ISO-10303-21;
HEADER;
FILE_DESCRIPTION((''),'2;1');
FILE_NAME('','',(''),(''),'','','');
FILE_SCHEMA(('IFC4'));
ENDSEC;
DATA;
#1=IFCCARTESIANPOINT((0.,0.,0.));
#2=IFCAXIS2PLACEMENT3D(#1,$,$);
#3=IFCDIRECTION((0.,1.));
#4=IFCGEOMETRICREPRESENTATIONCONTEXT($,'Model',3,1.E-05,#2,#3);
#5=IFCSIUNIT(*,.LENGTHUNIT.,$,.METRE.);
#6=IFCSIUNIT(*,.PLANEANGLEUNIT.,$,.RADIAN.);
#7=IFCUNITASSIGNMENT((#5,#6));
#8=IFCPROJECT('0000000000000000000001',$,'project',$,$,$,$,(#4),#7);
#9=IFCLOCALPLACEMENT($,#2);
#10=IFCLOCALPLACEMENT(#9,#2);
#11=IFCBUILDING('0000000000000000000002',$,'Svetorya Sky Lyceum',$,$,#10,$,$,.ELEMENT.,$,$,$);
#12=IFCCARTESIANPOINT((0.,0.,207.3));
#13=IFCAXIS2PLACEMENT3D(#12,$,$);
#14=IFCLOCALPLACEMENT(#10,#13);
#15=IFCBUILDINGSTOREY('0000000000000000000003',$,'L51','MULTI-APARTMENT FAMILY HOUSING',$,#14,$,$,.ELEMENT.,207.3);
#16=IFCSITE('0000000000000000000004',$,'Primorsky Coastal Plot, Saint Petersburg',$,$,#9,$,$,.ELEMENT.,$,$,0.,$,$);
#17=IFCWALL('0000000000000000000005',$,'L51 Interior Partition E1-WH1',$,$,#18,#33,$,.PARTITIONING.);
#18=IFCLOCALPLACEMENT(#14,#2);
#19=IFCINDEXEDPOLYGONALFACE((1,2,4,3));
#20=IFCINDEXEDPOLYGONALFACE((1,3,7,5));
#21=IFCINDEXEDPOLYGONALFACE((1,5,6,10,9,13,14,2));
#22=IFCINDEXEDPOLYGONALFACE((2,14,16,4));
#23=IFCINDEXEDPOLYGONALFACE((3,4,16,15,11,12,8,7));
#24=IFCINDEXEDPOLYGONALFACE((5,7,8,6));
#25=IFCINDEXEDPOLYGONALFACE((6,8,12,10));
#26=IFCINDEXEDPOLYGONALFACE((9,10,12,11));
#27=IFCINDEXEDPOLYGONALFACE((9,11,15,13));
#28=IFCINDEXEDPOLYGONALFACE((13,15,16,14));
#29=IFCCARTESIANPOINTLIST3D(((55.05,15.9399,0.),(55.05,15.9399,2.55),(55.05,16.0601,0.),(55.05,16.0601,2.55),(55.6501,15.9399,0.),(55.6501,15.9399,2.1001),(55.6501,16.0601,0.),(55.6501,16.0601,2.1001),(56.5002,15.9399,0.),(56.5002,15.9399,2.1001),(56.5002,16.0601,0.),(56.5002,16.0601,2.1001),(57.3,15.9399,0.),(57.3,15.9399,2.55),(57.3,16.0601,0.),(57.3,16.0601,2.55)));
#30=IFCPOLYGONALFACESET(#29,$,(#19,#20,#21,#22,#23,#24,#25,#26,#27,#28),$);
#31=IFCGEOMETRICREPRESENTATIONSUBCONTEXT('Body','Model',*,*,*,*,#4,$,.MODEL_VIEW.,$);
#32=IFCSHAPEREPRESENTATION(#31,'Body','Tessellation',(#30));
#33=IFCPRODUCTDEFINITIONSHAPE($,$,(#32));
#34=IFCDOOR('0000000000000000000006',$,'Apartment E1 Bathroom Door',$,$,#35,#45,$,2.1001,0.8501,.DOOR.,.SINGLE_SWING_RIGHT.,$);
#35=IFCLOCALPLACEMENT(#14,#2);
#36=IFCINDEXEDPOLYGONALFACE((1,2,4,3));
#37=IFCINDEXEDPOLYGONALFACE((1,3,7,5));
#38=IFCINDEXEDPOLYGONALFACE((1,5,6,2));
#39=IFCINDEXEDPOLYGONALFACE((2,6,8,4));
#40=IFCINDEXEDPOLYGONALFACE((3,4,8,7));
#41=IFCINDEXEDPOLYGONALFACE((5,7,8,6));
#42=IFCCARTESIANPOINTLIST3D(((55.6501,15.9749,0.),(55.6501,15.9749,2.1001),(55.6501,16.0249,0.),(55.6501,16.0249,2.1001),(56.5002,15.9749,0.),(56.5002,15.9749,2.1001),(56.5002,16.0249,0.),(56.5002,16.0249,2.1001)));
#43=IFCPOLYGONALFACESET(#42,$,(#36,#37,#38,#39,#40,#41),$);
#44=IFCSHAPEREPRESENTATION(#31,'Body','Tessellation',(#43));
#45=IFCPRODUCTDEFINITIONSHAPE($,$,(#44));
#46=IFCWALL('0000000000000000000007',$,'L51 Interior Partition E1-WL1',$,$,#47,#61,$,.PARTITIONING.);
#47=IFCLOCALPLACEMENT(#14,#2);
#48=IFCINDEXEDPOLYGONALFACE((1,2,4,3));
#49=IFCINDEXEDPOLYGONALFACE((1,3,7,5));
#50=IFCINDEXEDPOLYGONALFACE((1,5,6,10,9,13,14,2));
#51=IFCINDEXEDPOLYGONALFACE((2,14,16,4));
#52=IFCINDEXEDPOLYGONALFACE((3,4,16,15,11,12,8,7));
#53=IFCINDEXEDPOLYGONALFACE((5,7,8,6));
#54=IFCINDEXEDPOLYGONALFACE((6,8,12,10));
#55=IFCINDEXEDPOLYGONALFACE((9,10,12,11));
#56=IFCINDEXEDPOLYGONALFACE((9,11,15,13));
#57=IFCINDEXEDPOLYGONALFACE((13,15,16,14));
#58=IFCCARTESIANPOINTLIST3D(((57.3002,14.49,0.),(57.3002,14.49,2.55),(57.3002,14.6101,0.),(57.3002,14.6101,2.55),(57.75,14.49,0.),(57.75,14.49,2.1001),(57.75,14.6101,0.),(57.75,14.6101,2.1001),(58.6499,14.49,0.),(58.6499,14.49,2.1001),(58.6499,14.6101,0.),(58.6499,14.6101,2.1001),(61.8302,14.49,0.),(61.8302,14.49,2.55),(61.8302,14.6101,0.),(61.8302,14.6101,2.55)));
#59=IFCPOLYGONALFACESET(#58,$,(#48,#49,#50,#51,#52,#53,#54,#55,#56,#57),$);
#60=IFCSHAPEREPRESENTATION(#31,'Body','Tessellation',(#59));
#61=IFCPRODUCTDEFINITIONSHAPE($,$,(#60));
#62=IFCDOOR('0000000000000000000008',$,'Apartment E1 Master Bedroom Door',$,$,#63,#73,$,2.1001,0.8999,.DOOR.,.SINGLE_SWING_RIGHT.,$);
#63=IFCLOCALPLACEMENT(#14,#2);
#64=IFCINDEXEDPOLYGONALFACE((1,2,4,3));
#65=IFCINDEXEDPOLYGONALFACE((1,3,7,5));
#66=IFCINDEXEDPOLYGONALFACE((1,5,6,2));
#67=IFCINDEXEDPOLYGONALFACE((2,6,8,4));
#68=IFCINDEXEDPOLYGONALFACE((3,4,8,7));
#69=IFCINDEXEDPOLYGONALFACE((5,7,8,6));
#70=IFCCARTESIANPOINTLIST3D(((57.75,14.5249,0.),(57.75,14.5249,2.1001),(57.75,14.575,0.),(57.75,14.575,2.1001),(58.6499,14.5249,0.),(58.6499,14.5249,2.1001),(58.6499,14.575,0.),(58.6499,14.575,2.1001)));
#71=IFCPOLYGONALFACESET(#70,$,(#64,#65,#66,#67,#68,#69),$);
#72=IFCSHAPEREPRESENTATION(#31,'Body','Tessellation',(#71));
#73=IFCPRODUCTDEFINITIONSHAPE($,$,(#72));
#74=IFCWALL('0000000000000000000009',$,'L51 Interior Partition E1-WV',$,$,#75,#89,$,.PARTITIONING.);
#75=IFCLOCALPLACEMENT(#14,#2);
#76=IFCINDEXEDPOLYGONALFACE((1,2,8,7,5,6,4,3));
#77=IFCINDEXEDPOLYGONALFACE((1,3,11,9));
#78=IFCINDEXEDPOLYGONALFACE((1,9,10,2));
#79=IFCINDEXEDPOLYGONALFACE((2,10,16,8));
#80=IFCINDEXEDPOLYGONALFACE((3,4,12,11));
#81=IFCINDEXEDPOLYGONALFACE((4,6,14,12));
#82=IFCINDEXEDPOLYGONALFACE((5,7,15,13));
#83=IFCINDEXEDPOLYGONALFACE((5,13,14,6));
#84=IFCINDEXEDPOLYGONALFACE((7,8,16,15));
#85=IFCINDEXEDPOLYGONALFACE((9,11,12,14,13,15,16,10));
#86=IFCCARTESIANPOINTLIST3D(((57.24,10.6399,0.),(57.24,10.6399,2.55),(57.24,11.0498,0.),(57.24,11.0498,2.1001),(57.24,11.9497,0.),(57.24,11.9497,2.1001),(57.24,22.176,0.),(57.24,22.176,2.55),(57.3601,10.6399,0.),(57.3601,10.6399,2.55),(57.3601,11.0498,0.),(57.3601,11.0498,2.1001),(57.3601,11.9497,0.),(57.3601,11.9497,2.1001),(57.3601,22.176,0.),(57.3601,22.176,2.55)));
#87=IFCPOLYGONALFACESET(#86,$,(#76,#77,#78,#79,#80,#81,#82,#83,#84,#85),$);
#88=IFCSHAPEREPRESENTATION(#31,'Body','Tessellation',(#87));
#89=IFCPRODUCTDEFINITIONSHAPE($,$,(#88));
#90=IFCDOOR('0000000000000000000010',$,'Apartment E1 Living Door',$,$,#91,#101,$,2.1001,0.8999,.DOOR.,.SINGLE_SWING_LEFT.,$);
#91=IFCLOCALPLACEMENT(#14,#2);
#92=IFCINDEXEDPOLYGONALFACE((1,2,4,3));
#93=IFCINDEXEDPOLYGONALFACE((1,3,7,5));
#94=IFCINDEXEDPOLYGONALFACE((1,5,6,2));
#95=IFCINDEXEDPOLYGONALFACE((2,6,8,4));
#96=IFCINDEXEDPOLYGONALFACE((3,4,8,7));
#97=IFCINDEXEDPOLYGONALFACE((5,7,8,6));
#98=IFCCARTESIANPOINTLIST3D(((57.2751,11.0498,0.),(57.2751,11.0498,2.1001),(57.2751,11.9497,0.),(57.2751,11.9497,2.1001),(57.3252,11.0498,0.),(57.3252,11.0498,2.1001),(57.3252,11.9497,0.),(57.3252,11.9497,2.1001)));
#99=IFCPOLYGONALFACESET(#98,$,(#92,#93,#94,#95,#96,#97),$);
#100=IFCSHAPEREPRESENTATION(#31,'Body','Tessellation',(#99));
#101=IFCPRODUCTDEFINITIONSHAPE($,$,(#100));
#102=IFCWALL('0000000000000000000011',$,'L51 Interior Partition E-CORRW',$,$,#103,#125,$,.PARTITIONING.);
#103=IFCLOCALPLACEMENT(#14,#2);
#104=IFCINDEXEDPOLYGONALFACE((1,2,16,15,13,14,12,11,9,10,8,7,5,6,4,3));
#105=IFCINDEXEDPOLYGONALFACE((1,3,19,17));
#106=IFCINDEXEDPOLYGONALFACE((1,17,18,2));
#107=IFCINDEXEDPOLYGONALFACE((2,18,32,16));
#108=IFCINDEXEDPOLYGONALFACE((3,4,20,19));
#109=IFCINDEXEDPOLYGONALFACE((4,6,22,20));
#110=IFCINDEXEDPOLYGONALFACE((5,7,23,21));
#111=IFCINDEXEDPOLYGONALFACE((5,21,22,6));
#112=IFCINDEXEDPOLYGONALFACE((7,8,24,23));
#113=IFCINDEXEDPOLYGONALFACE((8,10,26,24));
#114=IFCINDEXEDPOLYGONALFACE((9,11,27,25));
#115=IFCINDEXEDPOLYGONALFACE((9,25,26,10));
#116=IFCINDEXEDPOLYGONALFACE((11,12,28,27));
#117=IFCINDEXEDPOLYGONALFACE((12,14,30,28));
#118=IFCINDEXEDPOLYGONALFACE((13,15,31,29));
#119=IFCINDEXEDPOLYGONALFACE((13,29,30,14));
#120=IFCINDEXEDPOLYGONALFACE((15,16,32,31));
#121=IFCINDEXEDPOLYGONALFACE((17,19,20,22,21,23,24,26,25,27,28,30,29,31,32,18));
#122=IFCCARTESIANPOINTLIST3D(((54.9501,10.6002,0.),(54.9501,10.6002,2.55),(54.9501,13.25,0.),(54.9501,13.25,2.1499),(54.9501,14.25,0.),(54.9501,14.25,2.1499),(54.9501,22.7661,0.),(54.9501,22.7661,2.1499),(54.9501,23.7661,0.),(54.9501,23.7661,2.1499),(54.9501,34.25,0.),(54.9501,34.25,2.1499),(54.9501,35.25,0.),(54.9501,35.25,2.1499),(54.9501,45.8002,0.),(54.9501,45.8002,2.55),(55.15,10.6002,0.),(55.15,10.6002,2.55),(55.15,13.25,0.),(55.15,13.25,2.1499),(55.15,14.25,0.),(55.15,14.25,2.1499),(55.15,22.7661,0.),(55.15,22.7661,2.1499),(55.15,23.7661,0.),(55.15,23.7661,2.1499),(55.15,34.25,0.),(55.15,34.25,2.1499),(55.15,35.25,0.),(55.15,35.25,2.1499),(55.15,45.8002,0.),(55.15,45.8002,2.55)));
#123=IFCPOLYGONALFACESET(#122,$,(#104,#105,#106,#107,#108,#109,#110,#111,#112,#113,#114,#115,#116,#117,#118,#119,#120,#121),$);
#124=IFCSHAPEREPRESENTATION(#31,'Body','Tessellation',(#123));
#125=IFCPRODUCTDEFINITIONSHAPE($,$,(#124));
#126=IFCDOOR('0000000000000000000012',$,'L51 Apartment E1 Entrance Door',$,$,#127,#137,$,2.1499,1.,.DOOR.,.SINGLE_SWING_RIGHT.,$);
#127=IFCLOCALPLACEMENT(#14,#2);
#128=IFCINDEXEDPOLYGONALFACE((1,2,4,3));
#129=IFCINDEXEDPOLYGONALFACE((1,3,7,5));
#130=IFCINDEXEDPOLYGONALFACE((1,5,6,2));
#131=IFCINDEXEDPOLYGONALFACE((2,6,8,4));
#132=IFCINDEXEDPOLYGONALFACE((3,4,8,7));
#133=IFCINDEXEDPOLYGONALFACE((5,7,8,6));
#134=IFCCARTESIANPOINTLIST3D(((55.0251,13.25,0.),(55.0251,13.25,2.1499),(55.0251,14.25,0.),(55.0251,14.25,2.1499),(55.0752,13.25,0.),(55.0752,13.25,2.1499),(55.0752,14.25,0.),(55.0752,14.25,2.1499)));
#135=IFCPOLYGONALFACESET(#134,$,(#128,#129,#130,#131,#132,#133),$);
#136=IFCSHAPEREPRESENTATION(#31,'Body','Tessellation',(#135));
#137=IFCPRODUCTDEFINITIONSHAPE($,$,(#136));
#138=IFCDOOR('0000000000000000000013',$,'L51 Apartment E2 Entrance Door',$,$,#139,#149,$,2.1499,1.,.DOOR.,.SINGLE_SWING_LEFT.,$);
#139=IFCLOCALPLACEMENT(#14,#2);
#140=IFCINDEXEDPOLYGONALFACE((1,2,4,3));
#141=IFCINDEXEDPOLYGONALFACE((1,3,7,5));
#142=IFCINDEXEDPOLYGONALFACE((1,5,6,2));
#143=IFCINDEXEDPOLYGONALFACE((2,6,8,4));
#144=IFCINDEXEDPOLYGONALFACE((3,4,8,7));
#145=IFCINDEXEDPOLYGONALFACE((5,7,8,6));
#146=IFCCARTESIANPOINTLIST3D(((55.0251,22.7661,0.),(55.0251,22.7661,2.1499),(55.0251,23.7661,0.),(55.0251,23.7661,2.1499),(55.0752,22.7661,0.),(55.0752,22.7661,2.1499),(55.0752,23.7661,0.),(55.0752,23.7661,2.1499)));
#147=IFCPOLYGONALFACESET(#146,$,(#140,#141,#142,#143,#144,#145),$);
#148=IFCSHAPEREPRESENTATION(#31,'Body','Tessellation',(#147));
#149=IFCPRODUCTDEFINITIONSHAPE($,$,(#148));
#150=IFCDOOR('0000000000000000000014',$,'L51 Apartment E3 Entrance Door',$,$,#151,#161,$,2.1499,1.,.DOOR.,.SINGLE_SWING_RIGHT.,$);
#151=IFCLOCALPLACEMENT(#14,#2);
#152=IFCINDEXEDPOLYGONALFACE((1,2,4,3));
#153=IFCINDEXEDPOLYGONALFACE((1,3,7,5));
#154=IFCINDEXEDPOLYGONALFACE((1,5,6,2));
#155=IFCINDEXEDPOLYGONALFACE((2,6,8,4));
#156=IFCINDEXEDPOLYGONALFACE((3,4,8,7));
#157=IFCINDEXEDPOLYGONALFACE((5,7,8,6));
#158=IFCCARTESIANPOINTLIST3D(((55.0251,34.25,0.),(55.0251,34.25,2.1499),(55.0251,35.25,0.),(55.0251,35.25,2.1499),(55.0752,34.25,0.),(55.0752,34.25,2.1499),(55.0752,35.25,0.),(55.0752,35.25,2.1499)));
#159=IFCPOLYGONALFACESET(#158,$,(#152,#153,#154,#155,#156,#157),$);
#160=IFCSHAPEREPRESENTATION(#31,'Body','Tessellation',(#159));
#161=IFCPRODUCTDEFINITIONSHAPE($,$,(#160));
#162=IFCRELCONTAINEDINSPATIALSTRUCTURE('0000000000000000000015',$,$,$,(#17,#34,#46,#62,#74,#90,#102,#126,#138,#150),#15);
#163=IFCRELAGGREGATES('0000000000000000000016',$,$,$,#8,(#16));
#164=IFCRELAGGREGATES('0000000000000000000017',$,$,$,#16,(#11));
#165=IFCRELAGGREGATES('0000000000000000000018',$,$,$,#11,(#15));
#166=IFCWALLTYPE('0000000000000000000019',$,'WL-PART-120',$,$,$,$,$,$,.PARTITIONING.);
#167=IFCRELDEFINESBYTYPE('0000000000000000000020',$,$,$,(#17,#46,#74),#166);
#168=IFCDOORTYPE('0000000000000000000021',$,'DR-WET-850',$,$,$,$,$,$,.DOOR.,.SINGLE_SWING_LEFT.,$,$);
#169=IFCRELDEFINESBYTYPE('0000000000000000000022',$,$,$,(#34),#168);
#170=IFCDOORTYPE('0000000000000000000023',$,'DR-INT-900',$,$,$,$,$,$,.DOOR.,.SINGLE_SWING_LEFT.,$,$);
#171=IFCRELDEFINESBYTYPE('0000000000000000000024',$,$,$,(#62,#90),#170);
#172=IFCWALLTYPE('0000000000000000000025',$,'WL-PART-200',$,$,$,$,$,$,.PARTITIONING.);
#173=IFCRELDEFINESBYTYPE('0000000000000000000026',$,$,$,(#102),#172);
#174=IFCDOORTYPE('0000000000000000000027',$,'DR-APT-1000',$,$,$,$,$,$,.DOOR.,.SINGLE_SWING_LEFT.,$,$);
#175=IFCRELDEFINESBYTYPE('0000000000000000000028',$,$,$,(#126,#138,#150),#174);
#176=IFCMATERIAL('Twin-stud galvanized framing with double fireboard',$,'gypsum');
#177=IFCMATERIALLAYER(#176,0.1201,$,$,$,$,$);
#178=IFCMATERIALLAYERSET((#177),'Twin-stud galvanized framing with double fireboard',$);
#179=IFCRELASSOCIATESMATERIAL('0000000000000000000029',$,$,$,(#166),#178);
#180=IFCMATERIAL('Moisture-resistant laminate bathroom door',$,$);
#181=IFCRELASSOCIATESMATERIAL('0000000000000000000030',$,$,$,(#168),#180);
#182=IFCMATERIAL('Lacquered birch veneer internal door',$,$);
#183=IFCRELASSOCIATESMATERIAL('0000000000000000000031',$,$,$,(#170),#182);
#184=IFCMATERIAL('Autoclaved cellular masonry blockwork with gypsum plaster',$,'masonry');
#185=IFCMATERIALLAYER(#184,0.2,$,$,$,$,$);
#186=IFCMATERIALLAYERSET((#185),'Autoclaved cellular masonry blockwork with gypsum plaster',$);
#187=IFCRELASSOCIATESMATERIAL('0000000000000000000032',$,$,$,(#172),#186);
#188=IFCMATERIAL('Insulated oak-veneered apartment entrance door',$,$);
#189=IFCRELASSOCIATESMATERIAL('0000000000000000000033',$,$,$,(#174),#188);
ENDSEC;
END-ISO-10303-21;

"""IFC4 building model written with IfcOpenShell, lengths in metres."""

from ifc_helpers import new_model, si_unit, direction, frame, frame_2d, origin, place, context, subcontext, project, spatial, rectangle, extrude, material, layer, layer_set, type_object, element, fill, save


model = new_model("IFC4")

# Units and contexts
model_context = context("Model", 3, precision=1e-05, world=origin(), true_north=direction((0.0, 1.0)))
body_context = subcontext(model_context, "Body", "Model", "MODEL_VIEW")
ifc_project = project(units=[si_unit("LENGTHUNIT", "METRE"), si_unit("PLANEANGLEUNIT", "RADIAN")], contexts=[model_context])

# Site, building, storey
site_placement = place(None, origin())
site = spatial("IfcSite", under=ifc_project, at=site_placement, Name="Primorsky Coastal Plot, Saint Petersburg", CompositionType="ELEMENT", RefElevation=0.0)
building_placement = place(site_placement, origin())
building = spatial("IfcBuilding", under=site, at=building_placement, Name="Svetorya Sky Lyceum", CompositionType="ELEMENT")
storey_placement = place(building_placement, frame((0.0, 0.0, 207.3)))
storey = spatial("IfcBuildingStorey", under=building, at=storey_placement, Name="L51", Description="MULTI-APARTMENT FAMILY HOUSING", CompositionType="ELEMENT", Elevation=207.3)

# Walls, openings, doors
ifc_material_1 = material(Name="Twin-stud galvanized framing with double fireboard", Category="gypsum")
ifc_layer_1 = layer(ifc_material_1, 0.1201)
ifc_layer_set_1 = layer_set([ifc_layer_1], Name="Twin-stud galvanized framing with double fireboard")
wall_type_1 = type_object("IfcWallType", Name="WL-PART-120", PredefinedType="PARTITIONING", material=ifc_layer_set_1)
wall_1_placement = place(storey_placement, frame((55.05, 16.0, 0.0), z_axis=(0.0, 0.0, 1.0), x_axis=(1.0, 0.0, 0.0)))
wall_1 = element("IfcWall", 1, at=wall_1_placement, inside=storey, type_object=wall_type_1, Name="L51 Interior Partition E1-WH1", PredefinedType="PARTITIONING", context=body_context, shape_type="SweptSolid", body=[
    extrude(rectangle(XDim=2.25, YDim=0.1201, at=frame_2d((1.125, 0.0))), origin(), (0.0, 0.0, 1.0), 2.55),
])
opening_1_placement = place(wall_1_placement, frame((0.6001, 0.0, 0.0)))
opening_1 = element("IfcOpeningElement", 2, at=opening_1_placement, cuts=wall_1, PredefinedType="OPENING", context=body_context, shape_type="SweptSolid", body=[
    extrude(rectangle(XDim=0.8501, YDim=2.1001, at=frame_2d((0.425, 1.05))), frame((0.0, 0.0701, 0.0), z_axis=(0.0, -1.0, 0.0), x_axis=(1.0, 0.0, 0.0)), (0.0, 0.0, 1.0), 0.1401),
])
ifc_material_2 = material(Name="Moisture-resistant laminate bathroom door")
door_type_1 = type_object("IfcDoorType", Name="DR-WET-850", OperationType="SINGLE_SWING_LEFT", PredefinedType="DOOR", material=ifc_material_2)
door_1_placement = place(opening_1_placement, origin())
door_1 = element("IfcDoor", 3, at=door_1_placement, inside=storey, type_object=door_type_1, Name="Apartment E1 Bathroom Door", OperationType="SINGLE_SWING_RIGHT", OverallHeight=2.1001, OverallWidth=0.8501, PredefinedType="DOOR", context=body_context, shape_type="SweptSolid", body=[
    extrude(rectangle(XDim=0.8501, YDim=2.1001, at=frame_2d((0.425, 1.05))), frame((0.0, 0.0249, 0.0), z_axis=(0.0, -1.0, 0.0), x_axis=(1.0, 0.0, 0.0)), (0.0, 0.0, 1.0), 0.05),
])
fill(opening_1, door_1)
wall_2_placement = place(storey_placement, frame((57.3, 14.55, 0.0), z_axis=(0.0, 0.0, 1.0), x_axis=(1.0, 0.0, 0.0)))
wall_2 = element("IfcWall", 4, at=wall_2_placement, inside=storey, type_object=wall_type_1, Name="L51 Interior Partition E1-WL1", PredefinedType="PARTITIONING", context=body_context, shape_type="SweptSolid", body=[
    extrude(rectangle(XDim=4.53, YDim=0.1201, at=frame_2d((2.2651, 0.0))), origin(), (0.0, 0.0, 1.0), 2.55),
])
opening_2_placement = place(wall_2_placement, frame((0.45, 0.0, 0.0)))
opening_2 = element("IfcOpeningElement", 5, at=opening_2_placement, cuts=wall_2, PredefinedType="OPENING", context=body_context, shape_type="SweptSolid", body=[
    extrude(rectangle(XDim=0.8999, YDim=2.1001, at=frame_2d((0.45, 1.05))), frame((0.0, 0.0701, 0.0), z_axis=(0.0, -1.0, 0.0), x_axis=(1.0, 0.0, 0.0)), (0.0, 0.0, 1.0), 0.1401),
])
ifc_material_3 = material(Name="Lacquered birch veneer internal door")
door_type_2 = type_object("IfcDoorType", Name="DR-INT-900", OperationType="SINGLE_SWING_LEFT", PredefinedType="DOOR", material=ifc_material_3)
door_2_placement = place(opening_2_placement, origin())
door_2 = element("IfcDoor", 6, at=door_2_placement, inside=storey, type_object=door_type_2, Name="Apartment E1 Master Bedroom Door", OperationType="SINGLE_SWING_RIGHT", OverallHeight=2.1001, OverallWidth=0.8999, PredefinedType="DOOR", context=body_context, shape_type="SweptSolid", body=[
    extrude(rectangle(XDim=0.8999, YDim=2.1001, at=frame_2d((0.45, 1.05))), frame((0.0, 0.0249, 0.0), z_axis=(0.0, -1.0, 0.0), x_axis=(1.0, 0.0, 0.0)), (0.0, 0.0, 1.0), 0.05),
])
fill(opening_2, door_2)
wall_3_placement = place(storey_placement, frame((57.3, 10.6399, 0.0), z_axis=(0.0, 0.0, 1.0), x_axis=(0.0, 1.0, 0.0)))
wall_3 = element("IfcWall", 7, at=wall_3_placement, inside=storey, type_object=wall_type_1, Name="L51 Interior Partition E1-WV", PredefinedType="PARTITIONING", context=body_context, shape_type="SweptSolid", body=[
    extrude(rectangle(XDim=11.5361, YDim=0.1201, at=frame_2d((5.7681, 0.0))), origin(), (0.0, 0.0, 1.0), 2.55),
])
opening_3_placement = place(wall_3_placement, frame((0.4099, 0.0, 0.0)))
opening_3 = element("IfcOpeningElement", 8, at=opening_3_placement, cuts=wall_3, PredefinedType="OPENING", context=body_context, shape_type="SweptSolid", body=[
    extrude(rectangle(XDim=0.8999, YDim=2.1001, at=frame_2d((0.45, 1.05))), frame((0.0, 0.0701, 0.0), z_axis=(0.0, -1.0, 0.0), x_axis=(1.0, 0.0, 0.0)), (0.0, 0.0, 1.0), 0.1401),
])
door_3_placement = place(opening_3_placement, origin())
door_3 = element("IfcDoor", 9, at=door_3_placement, inside=storey, type_object=door_type_2, Name="Apartment E1 Living Door", OperationType="SINGLE_SWING_LEFT", OverallHeight=2.1001, OverallWidth=0.8999, PredefinedType="DOOR", context=body_context, shape_type="SweptSolid", body=[
    extrude(rectangle(XDim=0.8999, YDim=2.1001, at=frame_2d((0.45, 1.05))), frame((0.0, 0.0249, 0.0), z_axis=(0.0, -1.0, 0.0), x_axis=(1.0, 0.0, 0.0)), (0.0, 0.0, 1.0), 0.05),
])
fill(opening_3, door_3)

# Wall, openings, doors
ifc_material_4 = material(Name="Autoclaved cellular masonry blockwork with gypsum plaster", Category="masonry")
ifc_layer_2 = layer(ifc_material_4, 0.2)
ifc_layer_set_2 = layer_set([ifc_layer_2], Name="Autoclaved cellular masonry blockwork with gypsum plaster")
wall_type_2 = type_object("IfcWallType", Name="WL-PART-200", PredefinedType="PARTITIONING", material=ifc_layer_set_2)
wall_4_placement = place(storey_placement, frame((55.05, 10.6001, 0.0), z_axis=(0.0, 0.0, 1.0), x_axis=(0.0, 1.0, 0.0)))
wall_4 = element("IfcWall", 10, at=wall_4_placement, inside=storey, type_object=wall_type_2, Name="L51 Interior Partition E-CORRW", PredefinedType="PARTITIONING", context=body_context, shape_type="SweptSolid", body=[
    extrude(rectangle(XDim=35.2, YDim=0.2, at=frame_2d((17.6001, 0.0))), origin(), (0.0, 0.0, 1.0), 2.55),
])
opening_4_placement = place(wall_4_placement, frame((2.6499, 0.0, 0.0)))
opening_4 = element("IfcOpeningElement", 11, at=opening_4_placement, cuts=wall_4, PredefinedType="OPENING", context=body_context, shape_type="SweptSolid", body=[
    extrude(rectangle(XDim=1.0, YDim=2.1499, at=frame_2d((0.5, 1.075))), frame((0.0, 0.1099, 0.0), z_axis=(0.0, -1.0, 0.0), x_axis=(1.0, 0.0, 0.0)), (0.0, 0.0, 1.0), 0.22),
])
opening_5_placement = place(wall_4_placement, frame((12.166, 0.0, 0.0)))
opening_5 = element("IfcOpeningElement", 12, at=opening_5_placement, cuts=wall_4, PredefinedType="OPENING", context=body_context, shape_type="SweptSolid", body=[
    extrude(rectangle(XDim=1.0, YDim=2.1499, at=frame_2d((0.5, 1.075))), frame((0.0, 0.1099, 0.0), z_axis=(0.0, -1.0, 0.0), x_axis=(1.0, 0.0, 0.0)), (0.0, 0.0, 1.0), 0.22),
])
opening_6_placement = place(wall_4_placement, frame((23.6499, 0.0, 0.0)))
opening_6 = element("IfcOpeningElement", 13, at=opening_6_placement, cuts=wall_4, PredefinedType="OPENING", context=body_context, shape_type="SweptSolid", body=[
    extrude(rectangle(XDim=1.0, YDim=2.1499, at=frame_2d((0.5, 1.075))), frame((0.0, 0.1099, 0.0), z_axis=(0.0, -1.0, 0.0), x_axis=(1.0, 0.0, 0.0)), (0.0, 0.0, 1.0), 0.22),
])
ifc_material_5 = material(Name="Insulated oak-veneered apartment entrance door")
door_type_3 = type_object("IfcDoorType", Name="DR-APT-1000", OperationType="SINGLE_SWING_LEFT", PredefinedType="DOOR", material=ifc_material_5)
door_4_placement = place(opening_4_placement, origin())
door_4 = element("IfcDoor", 14, at=door_4_placement, inside=storey, type_object=door_type_3, Name="L51 Apartment E1 Entrance Door", OperationType="SINGLE_SWING_RIGHT", OverallHeight=2.1499, OverallWidth=1.0, PredefinedType="DOOR", context=body_context, shape_type="SweptSolid", body=[
    extrude(rectangle(XDim=1.0, YDim=2.1499, at=frame_2d((0.5, 1.075))), frame((0.0, 0.0249, 0.0), z_axis=(0.0, -1.0, 0.0), x_axis=(1.0, 0.0, 0.0)), (0.0, 0.0, 1.0), 0.05),
])
fill(opening_4, door_4)
door_5_placement = place(opening_5_placement, origin())
door_5 = element("IfcDoor", 15, at=door_5_placement, inside=storey, type_object=door_type_3, Name="L51 Apartment E2 Entrance Door", OperationType="SINGLE_SWING_LEFT", OverallHeight=2.1499, OverallWidth=1.0, PredefinedType="DOOR", context=body_context, shape_type="SweptSolid", body=[
    extrude(rectangle(XDim=1.0, YDim=2.1499, at=frame_2d((0.5, 1.075))), frame((0.0, 0.0249, 0.0), z_axis=(0.0, -1.0, 0.0), x_axis=(1.0, 0.0, 0.0)), (0.0, 0.0, 1.0), 0.05),
])
fill(opening_5, door_5)
door_6_placement = place(opening_6_placement, origin())
door_6 = element("IfcDoor", 16, at=door_6_placement, inside=storey, type_object=door_type_3, Name="L51 Apartment E3 Entrance Door", OperationType="SINGLE_SWING_RIGHT", OverallHeight=2.1499, OverallWidth=1.0, PredefinedType="DOOR", context=body_context, shape_type="SweptSolid", body=[
    extrude(rectangle(XDim=1.0, YDim=2.1499, at=frame_2d((0.5, 1.075))), frame((0.0, 0.0249, 0.0), z_axis=(0.0, -1.0, 0.0), x_axis=(1.0, 0.0, 0.0)), (0.0, 0.0, 1.0), 0.05),
])
fill(opening_6, door_6)

save(model, "model.ifc")
